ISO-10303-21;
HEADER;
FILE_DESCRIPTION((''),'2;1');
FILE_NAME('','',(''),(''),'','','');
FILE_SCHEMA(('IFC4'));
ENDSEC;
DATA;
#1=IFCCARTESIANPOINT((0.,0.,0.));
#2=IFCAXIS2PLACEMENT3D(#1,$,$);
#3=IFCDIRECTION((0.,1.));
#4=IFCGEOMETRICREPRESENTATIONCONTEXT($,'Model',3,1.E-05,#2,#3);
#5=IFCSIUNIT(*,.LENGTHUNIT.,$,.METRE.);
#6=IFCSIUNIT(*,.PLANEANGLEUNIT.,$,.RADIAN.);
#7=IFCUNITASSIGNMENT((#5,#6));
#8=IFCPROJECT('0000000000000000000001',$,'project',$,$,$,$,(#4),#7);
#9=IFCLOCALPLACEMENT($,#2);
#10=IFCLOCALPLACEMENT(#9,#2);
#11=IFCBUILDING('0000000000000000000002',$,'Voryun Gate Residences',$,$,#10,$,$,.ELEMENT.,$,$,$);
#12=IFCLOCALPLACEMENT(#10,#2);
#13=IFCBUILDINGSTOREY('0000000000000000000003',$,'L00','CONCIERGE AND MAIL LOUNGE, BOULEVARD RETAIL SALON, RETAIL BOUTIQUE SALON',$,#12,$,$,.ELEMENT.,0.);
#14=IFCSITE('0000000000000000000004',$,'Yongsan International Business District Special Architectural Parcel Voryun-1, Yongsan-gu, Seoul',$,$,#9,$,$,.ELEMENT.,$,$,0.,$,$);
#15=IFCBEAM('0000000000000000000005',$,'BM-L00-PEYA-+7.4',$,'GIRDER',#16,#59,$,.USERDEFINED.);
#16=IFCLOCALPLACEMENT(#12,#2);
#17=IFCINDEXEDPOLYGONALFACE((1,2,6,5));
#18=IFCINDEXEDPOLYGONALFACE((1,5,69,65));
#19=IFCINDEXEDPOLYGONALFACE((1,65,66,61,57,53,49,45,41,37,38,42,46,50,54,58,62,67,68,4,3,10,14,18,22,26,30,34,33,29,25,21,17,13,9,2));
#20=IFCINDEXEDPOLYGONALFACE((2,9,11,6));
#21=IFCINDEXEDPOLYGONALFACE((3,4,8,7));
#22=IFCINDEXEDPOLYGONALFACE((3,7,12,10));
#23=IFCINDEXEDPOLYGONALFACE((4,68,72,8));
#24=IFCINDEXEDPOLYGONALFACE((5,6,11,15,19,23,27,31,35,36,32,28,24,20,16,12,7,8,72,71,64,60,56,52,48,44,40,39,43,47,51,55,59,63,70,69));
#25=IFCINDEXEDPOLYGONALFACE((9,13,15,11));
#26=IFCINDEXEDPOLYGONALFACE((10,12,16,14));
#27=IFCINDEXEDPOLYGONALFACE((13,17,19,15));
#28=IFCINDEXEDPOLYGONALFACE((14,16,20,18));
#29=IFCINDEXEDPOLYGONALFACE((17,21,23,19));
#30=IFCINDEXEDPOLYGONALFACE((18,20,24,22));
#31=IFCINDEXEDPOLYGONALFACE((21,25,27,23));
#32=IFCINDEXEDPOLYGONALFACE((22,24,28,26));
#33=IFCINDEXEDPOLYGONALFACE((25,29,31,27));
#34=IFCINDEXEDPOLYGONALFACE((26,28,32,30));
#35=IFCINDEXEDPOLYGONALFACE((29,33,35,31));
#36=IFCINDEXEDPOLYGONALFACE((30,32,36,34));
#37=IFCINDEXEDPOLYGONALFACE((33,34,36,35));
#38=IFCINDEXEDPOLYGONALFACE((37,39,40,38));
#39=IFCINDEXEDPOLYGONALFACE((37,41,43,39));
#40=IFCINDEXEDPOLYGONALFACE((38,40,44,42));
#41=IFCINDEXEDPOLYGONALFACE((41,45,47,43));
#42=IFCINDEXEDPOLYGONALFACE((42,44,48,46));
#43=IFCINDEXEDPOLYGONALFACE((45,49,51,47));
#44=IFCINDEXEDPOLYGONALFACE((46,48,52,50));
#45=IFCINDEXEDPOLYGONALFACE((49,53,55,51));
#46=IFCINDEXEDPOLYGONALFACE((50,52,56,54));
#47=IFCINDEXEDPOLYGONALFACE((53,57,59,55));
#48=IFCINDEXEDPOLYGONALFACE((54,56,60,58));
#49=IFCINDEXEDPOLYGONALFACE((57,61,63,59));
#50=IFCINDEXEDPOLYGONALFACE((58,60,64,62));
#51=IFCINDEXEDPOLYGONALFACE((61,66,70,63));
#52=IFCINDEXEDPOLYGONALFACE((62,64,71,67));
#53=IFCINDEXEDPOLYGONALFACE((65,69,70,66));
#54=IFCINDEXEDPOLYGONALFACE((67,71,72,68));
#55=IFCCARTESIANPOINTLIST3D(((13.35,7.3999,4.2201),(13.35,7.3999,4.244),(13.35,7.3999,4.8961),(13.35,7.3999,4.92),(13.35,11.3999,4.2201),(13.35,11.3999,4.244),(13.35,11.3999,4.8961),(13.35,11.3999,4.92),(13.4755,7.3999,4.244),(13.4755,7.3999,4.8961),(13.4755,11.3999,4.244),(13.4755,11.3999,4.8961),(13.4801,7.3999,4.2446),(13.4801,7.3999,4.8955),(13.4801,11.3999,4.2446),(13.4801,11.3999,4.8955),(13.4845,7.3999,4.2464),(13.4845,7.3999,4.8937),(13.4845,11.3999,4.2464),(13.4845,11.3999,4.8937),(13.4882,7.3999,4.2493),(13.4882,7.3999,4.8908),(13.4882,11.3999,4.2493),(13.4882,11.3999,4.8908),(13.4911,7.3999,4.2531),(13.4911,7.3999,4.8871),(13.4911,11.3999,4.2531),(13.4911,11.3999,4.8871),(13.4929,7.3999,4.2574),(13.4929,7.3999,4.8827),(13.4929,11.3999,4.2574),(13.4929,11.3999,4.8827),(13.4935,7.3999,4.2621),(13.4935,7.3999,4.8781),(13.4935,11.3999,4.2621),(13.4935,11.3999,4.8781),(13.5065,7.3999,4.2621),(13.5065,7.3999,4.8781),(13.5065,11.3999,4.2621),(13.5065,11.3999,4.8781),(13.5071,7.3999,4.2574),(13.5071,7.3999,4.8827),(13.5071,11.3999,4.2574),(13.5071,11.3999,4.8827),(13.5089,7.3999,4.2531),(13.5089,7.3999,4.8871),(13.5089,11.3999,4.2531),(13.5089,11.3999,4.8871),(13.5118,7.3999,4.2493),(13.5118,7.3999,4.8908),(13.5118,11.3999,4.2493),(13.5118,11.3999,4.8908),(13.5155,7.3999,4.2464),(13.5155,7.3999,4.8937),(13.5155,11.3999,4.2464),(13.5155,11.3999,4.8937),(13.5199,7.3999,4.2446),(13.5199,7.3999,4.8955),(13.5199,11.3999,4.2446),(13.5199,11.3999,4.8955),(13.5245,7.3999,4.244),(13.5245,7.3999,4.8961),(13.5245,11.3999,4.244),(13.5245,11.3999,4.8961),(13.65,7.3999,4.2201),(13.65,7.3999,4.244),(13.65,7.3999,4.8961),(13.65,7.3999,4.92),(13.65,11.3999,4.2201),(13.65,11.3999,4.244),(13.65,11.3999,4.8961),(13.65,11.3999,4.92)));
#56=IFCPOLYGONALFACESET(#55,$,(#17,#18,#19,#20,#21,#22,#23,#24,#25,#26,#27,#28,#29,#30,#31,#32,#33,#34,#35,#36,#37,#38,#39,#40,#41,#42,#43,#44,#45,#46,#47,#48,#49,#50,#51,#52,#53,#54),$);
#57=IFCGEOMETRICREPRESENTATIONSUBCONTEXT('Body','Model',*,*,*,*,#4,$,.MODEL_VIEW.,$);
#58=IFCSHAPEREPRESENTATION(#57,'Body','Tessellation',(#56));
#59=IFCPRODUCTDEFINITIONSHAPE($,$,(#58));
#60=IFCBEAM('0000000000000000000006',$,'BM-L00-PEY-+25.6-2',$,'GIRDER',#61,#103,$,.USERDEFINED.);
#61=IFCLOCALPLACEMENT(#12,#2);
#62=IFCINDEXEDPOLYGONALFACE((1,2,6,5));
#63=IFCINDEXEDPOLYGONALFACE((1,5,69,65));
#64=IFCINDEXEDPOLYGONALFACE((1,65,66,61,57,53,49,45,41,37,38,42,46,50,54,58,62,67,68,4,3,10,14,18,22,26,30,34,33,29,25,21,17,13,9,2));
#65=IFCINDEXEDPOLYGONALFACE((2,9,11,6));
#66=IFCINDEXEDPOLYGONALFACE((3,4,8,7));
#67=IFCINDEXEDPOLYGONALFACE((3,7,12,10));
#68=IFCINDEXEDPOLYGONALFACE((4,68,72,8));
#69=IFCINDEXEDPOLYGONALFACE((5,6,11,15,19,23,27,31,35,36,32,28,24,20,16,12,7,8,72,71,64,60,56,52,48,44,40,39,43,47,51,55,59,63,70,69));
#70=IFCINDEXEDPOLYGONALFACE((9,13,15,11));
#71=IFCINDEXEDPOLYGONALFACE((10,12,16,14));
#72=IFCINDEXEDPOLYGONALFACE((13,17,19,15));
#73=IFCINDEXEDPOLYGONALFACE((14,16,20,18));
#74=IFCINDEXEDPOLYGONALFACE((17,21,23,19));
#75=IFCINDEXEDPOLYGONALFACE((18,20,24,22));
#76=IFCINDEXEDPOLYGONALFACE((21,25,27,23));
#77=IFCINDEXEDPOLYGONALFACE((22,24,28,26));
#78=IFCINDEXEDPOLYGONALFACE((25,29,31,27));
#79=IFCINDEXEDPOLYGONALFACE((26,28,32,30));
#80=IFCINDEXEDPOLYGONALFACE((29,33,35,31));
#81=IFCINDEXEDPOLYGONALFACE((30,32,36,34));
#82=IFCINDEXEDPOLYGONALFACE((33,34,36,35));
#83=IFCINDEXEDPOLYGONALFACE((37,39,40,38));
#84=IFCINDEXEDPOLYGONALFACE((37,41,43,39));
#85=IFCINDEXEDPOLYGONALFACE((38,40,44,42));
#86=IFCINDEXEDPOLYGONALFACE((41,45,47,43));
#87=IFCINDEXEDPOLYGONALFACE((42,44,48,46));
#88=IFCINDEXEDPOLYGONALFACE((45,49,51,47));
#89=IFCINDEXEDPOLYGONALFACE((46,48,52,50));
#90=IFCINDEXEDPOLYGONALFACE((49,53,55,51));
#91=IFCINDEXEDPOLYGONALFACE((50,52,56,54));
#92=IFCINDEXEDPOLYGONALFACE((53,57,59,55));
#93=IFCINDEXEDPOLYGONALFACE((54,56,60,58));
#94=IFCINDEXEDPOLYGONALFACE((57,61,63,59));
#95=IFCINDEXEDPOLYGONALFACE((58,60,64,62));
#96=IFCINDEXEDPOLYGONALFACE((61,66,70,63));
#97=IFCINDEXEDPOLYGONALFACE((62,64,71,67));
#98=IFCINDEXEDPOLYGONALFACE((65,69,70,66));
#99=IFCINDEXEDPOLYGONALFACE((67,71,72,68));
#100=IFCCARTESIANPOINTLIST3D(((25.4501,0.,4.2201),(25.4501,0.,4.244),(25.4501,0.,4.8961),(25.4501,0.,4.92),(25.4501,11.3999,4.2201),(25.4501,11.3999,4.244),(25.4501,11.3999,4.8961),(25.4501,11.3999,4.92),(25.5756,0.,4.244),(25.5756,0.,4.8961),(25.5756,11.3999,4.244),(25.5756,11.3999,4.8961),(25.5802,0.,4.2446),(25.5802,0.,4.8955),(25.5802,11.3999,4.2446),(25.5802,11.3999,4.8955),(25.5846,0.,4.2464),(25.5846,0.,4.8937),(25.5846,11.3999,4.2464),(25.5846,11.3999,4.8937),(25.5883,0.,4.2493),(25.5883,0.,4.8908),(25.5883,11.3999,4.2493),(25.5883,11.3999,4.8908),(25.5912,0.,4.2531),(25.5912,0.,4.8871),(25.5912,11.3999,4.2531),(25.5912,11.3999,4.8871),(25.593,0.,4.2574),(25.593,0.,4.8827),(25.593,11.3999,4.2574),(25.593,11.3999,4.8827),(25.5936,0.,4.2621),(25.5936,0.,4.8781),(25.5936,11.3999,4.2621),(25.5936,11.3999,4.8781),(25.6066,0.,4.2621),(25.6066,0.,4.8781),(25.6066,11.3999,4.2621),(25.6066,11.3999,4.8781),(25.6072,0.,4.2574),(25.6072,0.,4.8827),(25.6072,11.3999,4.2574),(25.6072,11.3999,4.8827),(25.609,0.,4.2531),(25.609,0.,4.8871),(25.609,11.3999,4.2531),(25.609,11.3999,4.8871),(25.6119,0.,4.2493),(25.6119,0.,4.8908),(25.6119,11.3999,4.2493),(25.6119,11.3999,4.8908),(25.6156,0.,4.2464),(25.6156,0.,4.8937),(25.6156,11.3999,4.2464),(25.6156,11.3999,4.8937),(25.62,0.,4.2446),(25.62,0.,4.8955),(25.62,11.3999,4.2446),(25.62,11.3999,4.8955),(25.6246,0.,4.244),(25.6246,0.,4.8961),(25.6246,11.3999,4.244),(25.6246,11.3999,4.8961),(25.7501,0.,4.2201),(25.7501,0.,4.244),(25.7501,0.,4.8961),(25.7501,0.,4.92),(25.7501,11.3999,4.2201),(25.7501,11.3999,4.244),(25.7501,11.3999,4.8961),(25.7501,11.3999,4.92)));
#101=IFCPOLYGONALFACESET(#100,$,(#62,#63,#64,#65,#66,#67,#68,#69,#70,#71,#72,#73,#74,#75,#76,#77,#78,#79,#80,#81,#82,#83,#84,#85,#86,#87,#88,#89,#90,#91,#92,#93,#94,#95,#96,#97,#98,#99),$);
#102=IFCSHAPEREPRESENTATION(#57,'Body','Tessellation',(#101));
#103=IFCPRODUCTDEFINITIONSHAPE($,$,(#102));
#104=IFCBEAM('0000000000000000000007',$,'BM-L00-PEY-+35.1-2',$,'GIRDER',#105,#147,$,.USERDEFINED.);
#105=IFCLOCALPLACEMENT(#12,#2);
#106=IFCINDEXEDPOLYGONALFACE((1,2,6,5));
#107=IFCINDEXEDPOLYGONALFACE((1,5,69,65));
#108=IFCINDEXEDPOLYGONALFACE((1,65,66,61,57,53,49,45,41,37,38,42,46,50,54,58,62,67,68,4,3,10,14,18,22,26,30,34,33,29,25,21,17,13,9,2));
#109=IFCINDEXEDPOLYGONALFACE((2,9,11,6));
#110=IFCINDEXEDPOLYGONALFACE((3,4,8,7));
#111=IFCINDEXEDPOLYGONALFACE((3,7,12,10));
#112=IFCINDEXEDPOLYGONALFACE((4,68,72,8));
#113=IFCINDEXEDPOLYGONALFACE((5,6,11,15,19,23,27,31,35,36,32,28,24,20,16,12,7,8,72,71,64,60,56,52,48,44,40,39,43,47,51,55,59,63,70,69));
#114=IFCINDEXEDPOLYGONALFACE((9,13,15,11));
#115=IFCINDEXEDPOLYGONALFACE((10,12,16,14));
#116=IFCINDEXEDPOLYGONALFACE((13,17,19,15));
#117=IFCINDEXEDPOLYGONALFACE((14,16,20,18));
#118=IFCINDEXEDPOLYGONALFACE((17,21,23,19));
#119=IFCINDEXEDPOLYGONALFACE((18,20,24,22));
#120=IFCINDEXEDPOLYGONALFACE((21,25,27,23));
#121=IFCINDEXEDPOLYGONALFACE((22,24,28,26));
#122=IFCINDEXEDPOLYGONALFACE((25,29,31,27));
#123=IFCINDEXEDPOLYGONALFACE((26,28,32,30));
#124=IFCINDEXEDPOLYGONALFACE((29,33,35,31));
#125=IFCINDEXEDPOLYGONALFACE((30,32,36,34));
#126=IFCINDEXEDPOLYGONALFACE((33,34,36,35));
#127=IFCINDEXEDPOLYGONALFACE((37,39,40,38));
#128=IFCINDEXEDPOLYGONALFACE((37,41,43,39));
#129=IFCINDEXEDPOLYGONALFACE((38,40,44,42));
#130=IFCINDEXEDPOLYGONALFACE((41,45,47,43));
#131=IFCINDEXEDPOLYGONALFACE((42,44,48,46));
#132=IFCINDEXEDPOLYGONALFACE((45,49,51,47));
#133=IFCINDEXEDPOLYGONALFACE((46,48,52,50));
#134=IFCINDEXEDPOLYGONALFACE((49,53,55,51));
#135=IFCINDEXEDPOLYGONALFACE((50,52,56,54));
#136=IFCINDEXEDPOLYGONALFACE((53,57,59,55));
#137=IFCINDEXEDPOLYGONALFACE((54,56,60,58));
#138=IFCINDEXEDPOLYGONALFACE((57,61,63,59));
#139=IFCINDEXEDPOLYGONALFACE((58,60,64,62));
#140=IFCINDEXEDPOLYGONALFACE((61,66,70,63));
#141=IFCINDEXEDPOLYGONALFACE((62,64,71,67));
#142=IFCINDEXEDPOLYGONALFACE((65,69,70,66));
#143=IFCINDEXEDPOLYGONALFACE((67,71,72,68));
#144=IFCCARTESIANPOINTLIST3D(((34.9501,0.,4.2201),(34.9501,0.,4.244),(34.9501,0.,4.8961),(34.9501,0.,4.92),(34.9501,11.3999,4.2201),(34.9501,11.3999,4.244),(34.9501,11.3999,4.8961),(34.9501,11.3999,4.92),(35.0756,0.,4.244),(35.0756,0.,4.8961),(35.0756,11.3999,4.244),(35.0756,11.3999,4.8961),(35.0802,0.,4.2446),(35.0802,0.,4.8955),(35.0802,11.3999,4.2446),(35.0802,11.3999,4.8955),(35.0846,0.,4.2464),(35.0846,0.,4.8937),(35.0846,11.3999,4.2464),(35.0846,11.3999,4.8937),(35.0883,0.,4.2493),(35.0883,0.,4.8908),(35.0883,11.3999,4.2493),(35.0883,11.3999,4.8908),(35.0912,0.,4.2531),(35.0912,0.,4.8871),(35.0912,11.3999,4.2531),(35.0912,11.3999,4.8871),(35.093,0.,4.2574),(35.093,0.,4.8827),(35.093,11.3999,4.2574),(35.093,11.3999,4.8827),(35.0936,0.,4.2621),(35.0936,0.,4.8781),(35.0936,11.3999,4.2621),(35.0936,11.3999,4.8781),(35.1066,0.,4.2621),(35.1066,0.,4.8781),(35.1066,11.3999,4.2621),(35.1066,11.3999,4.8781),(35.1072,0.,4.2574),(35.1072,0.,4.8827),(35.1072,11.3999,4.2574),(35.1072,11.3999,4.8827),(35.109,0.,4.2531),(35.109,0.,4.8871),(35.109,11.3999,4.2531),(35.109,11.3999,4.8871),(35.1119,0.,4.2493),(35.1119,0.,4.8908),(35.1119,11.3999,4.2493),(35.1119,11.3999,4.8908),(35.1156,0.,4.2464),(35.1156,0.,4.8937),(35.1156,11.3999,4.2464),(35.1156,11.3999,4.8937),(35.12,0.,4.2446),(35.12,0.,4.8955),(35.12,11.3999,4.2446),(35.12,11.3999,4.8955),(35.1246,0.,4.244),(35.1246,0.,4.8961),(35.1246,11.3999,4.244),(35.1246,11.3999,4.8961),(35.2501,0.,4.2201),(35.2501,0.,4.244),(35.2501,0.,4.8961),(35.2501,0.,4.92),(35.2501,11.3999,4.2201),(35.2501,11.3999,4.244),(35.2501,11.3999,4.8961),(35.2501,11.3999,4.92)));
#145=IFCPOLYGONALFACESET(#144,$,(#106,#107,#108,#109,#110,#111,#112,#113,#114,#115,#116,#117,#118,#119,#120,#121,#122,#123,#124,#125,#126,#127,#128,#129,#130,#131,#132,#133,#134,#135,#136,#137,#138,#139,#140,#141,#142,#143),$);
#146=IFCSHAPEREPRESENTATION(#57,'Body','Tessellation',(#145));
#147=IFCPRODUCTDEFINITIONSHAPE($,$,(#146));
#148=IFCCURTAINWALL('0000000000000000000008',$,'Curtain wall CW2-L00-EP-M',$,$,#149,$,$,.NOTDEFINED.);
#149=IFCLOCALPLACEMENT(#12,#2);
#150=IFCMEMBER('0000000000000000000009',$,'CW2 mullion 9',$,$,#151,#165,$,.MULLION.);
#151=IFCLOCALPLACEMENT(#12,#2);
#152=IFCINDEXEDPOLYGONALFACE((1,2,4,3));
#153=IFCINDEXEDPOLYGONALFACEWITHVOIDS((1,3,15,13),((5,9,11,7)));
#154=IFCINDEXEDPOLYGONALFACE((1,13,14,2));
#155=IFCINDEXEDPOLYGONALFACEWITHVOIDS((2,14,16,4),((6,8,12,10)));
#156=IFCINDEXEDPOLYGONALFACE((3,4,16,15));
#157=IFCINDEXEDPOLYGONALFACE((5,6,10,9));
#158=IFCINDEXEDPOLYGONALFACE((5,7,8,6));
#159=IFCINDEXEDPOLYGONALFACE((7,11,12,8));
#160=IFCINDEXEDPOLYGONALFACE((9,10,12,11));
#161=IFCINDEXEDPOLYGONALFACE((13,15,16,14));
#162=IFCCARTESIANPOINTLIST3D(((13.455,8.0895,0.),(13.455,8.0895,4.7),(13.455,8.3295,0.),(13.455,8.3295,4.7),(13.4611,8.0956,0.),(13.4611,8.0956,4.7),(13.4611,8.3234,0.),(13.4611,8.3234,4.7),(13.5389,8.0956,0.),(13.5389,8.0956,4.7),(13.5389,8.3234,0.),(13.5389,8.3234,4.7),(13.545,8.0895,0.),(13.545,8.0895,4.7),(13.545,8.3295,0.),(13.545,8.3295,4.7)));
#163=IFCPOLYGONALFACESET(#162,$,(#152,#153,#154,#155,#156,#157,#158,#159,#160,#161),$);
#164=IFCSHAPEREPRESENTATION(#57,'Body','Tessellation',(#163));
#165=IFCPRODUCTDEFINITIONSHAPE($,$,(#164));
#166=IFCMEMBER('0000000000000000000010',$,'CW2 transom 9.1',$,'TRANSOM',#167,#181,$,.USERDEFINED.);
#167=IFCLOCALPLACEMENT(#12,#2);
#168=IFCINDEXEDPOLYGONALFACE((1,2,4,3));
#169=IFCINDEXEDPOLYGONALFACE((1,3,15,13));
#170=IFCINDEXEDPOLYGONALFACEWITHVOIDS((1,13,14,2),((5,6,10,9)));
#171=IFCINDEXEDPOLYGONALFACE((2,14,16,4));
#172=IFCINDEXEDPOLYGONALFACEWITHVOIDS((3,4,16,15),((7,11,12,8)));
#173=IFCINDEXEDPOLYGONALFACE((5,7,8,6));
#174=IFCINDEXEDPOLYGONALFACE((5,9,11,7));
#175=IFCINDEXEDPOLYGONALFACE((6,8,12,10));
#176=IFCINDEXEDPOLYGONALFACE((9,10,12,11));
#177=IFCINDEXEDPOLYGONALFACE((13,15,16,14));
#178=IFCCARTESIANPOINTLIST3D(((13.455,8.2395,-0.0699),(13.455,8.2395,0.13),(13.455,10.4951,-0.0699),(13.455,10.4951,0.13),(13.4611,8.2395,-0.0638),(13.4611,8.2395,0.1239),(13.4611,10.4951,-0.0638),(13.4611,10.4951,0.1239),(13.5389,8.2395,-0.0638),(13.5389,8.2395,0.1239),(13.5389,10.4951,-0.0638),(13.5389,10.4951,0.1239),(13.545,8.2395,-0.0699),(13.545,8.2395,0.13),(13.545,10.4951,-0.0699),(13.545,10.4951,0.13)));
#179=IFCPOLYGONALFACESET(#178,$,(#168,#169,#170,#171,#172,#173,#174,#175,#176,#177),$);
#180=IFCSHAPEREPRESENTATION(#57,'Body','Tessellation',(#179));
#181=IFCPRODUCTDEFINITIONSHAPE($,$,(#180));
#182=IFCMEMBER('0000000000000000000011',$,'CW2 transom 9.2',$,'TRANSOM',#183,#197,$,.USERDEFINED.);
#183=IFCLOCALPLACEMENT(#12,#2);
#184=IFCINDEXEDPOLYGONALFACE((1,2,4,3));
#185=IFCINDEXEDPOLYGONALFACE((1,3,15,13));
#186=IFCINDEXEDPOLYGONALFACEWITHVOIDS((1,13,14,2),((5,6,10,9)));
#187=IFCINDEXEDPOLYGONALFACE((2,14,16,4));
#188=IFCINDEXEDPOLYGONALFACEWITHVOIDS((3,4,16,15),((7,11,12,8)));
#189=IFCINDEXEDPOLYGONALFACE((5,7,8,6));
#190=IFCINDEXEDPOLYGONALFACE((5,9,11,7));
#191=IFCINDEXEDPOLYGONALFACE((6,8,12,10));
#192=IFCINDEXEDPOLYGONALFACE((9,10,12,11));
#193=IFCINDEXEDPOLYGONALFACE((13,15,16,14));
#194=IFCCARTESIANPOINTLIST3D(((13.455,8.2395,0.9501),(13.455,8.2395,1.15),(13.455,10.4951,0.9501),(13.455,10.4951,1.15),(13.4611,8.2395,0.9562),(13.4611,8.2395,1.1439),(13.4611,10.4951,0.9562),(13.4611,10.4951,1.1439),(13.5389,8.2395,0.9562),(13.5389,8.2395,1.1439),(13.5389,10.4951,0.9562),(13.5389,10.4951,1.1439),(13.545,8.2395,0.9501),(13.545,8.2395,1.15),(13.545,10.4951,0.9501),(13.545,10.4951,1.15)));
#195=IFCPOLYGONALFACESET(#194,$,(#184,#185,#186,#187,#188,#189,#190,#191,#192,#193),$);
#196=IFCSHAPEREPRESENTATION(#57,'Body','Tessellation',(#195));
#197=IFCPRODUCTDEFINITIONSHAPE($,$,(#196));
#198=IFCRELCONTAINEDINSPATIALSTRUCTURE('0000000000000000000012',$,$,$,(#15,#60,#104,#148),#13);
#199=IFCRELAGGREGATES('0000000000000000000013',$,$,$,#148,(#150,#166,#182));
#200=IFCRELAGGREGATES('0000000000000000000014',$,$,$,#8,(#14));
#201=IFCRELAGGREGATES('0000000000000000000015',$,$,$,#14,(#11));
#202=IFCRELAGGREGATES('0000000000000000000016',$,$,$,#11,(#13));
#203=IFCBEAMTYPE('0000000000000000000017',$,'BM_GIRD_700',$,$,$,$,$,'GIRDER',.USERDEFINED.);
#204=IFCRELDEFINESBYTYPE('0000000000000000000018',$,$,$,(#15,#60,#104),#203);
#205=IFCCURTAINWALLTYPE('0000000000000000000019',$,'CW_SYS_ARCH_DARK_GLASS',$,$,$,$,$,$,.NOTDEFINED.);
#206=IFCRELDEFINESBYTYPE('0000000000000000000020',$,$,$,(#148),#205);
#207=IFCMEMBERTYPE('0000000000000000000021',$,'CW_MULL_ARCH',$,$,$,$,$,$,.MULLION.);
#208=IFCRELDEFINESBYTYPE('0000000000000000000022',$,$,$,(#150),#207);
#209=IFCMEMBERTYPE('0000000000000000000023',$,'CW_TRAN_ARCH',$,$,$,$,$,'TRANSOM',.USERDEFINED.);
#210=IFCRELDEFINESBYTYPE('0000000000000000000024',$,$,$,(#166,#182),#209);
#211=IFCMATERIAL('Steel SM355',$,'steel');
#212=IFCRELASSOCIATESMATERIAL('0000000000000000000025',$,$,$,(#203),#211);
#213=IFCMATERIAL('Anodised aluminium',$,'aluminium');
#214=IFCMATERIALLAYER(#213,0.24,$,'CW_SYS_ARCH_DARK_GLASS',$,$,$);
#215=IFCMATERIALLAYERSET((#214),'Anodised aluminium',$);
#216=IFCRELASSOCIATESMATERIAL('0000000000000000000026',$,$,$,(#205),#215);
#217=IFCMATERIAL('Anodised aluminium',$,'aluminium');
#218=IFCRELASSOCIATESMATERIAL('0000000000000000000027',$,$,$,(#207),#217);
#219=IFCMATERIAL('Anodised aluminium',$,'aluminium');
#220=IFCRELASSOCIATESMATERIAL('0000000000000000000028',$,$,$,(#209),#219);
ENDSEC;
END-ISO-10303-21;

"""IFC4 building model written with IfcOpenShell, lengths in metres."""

from ifc_helpers import new_model, si_unit, direction, frame, origin, origin_2d, place, context, subcontext, project, spatial, hollow_rectangle, i_section, extrude, material, layer, layer_set, material_profile, profile_set, type_object, element, aggregate, save


model = new_model("IFC4")

# Units and contexts
model_context = context("Model", 3, precision=1e-05, world=origin(), true_north=direction((0.0, 1.0)))
body_context = subcontext(model_context, "Body", "Model", "MODEL_VIEW")
ifc_project = project(units=[si_unit("LENGTHUNIT", "METRE"), si_unit("PLANEANGLEUNIT", "RADIAN")], contexts=[model_context])

# Site, building, storey
site_placement = place(None, origin())
site = spatial("IfcSite", under=ifc_project, at=site_placement, Name="Yongsan International Business District Special Architectural Parcel Voryun-1, Yongsan-gu, Seoul", CompositionType="ELEMENT", RefElevation=0.0)
building_placement = place(site_placement, origin())
building = spatial("IfcBuilding", under=site, at=building_placement, Name="Voryun Gate Residences", CompositionType="ELEMENT")
storey_placement = place(building_placement, origin())
storey = spatial("IfcBuildingStorey", under=building, at=storey_placement, Name="L00", Description="CONCIERGE AND MAIL LOUNGE, BOULEVARD RETAIL SALON, RETAIL BOUTIQUE SALON", CompositionType="ELEMENT", Elevation=0.0)

# Beams
ifc_material_1 = material(Name="Steel SM355", Category="steel")
ifc_material_profile_1 = material_profile(ifc_material_1, i_section(OverallWidth=0.3, OverallDepth=0.7, WebThickness=0.0129, FlangeThickness=0.0239, FilletRadius=0.0181, at=origin_2d()), Name="H-700x300x13x24")
ifc_profile_set_1 = profile_set([ifc_material_profile_1], Name="Steel SM355")
beam_type = type_object("IfcBeamType", Name="BM_GIRD_700", ElementType="GIRDER", PredefinedType="USERDEFINED", material=ifc_profile_set_1)
beam_1_placement = place(storey_placement, frame((13.5, 7.3999, 4.5701), z_axis=(0.0, 1.0, 0.0), x_axis=(-1.0, 0.0, 0.0)))
element("IfcBeam", 1, at=beam_1_placement, inside=storey, type_object=beam_type, Name="BM-L00-PEYA-+7.4", ObjectType="GIRDER", PredefinedType="USERDEFINED", context=body_context, shape_type="SweptSolid", body=[
    extrude(i_section(OverallWidth=0.3, OverallDepth=0.7, WebThickness=0.0129, FlangeThickness=0.0239, FilletRadius=0.0181, at=origin_2d()), origin(), (0.0, 0.0, 1.0), 4.0),
])
for number, where, z_axis, x_axis, name in (
    (2, (25.6001, 0.0, 4.5701), (0.0, 1.0, 0.0), (-1.0, 0.0, 0.0), "BM-L00-PEY-+25.6-2"),
    (3, (35.1001, 0.0, 4.5701), (0.0, 1.0, 0.0), (-1.0, 0.0, 0.0), "BM-L00-PEY-+35.1-2"),
):
    element("IfcBeam", number, at=place(storey_placement, frame(where, z_axis=z_axis, x_axis=x_axis)), inside=storey, type_object=beam_type, Name=name, ObjectType="GIRDER", PredefinedType="USERDEFINED", context=body_context, shape_type="SweptSolid", body=[
        extrude(i_section(OverallWidth=0.3, OverallDepth=0.7, WebThickness=0.0129, FlangeThickness=0.0239, FilletRadius=0.0181, at=origin_2d()), origin(), (0.0, 0.0, 1.0), 11.3999),
    ])

# Curtain wall, members
ifc_material_2 = material(Name="Anodised aluminium", Category="aluminium")
ifc_layer_1 = layer(ifc_material_2, 0.24, Name="CW_SYS_ARCH_DARK_GLASS")
ifc_layer_set_1 = layer_set([ifc_layer_1], Name="Anodised aluminium")
curtain_wall_type = type_object("IfcCurtainWallType", Name="CW_SYS_ARCH_DARK_GLASS", PredefinedType="NOTDEFINED", material=ifc_layer_set_1)
curtain_wall_placement = place(storey_placement, origin())
curtain_wall = element("IfcCurtainWall", 4, at=curtain_wall_placement, inside=storey, type_object=curtain_wall_type, Name="Curtain wall CW2-L00-EP-M", PredefinedType="NOTDEFINED")
ifc_material_3 = material(Name="Anodised aluminium", Category="aluminium")
ifc_material_profile_2 = material_profile(ifc_material_3, hollow_rectangle(XDim=0.0901, YDim=0.24, WallThickness=0.0061, at=origin_2d()), Name="ALU-MULL-240x90x6")
ifc_profile_set_2 = profile_set([ifc_material_profile_2], Name="Anodised aluminium")
member_type_1 = type_object("IfcMemberType", Name="CW_MULL_ARCH", PredefinedType="MULLION", material=ifc_profile_set_2)
member_1_placement = place(storey_placement, frame((13.5, 8.2095, 0.0), z_axis=(0.0, 0.0, 1.0), x_axis=(-1.0, 0.0, 0.0)))
member_1 = element("IfcMember", 5, at=member_1_placement, type_object=member_type_1, Name="CW2 mullion 9", PredefinedType="MULLION", context=body_context, shape_type="SweptSolid", body=[
    extrude(hollow_rectangle(XDim=0.0901, YDim=0.24, WallThickness=0.0061, at=origin_2d()), origin(), (0.0, 0.0, 1.0), 4.7),
])
ifc_material_4 = material(Name="Anodised aluminium", Category="aluminium")
ifc_material_profile_3 = material_profile(ifc_material_4, hollow_rectangle(XDim=0.0901, YDim=0.2, WallThickness=0.0061, at=origin_2d()), Name="ALU-TRAN-200x90x6")
ifc_profile_set_3 = profile_set([ifc_material_profile_3], Name="Anodised aluminium")
member_type_2 = type_object("IfcMemberType", Name="CW_TRAN_ARCH", ElementType="TRANSOM", PredefinedType="USERDEFINED", material=ifc_profile_set_3)
member_2_placement = place(storey_placement, frame((13.5, 8.2395, 0.03), z_axis=(0.0, 1.0, 0.0), x_axis=(-1.0, 0.0, 0.0)))
member_2 = element("IfcMember", 6, at=member_2_placement, type_object=member_type_2, Name="CW2 transom 9.1", ObjectType="TRANSOM", PredefinedType="USERDEFINED", context=body_context, shape_type="SweptSolid", body=[
    extrude(hollow_rectangle(XDim=0.0901, YDim=0.2, WallThickness=0.0061, at=origin_2d()), origin(), (0.0, 0.0, 1.0), 2.2556),
])
member_3_placement = place(storey_placement, frame((13.5, 8.2395, 1.05), z_axis=(0.0, 1.0, 0.0), x_axis=(-1.0, 0.0, 0.0)))
member_3 = element("IfcMember", 7, at=member_3_placement, type_object=member_type_2, Name="CW2 transom 9.2", ObjectType="TRANSOM", PredefinedType="USERDEFINED", context=body_context, shape_type="SweptSolid", body=[
    extrude(hollow_rectangle(XDim=0.0901, YDim=0.2, WallThickness=0.0061, at=origin_2d()), origin(), (0.0, 0.0, 1.0), 2.2556),
])
aggregate(curtain_wall, [member_1, member_2, member_3])

save(model, "model.ifc")
